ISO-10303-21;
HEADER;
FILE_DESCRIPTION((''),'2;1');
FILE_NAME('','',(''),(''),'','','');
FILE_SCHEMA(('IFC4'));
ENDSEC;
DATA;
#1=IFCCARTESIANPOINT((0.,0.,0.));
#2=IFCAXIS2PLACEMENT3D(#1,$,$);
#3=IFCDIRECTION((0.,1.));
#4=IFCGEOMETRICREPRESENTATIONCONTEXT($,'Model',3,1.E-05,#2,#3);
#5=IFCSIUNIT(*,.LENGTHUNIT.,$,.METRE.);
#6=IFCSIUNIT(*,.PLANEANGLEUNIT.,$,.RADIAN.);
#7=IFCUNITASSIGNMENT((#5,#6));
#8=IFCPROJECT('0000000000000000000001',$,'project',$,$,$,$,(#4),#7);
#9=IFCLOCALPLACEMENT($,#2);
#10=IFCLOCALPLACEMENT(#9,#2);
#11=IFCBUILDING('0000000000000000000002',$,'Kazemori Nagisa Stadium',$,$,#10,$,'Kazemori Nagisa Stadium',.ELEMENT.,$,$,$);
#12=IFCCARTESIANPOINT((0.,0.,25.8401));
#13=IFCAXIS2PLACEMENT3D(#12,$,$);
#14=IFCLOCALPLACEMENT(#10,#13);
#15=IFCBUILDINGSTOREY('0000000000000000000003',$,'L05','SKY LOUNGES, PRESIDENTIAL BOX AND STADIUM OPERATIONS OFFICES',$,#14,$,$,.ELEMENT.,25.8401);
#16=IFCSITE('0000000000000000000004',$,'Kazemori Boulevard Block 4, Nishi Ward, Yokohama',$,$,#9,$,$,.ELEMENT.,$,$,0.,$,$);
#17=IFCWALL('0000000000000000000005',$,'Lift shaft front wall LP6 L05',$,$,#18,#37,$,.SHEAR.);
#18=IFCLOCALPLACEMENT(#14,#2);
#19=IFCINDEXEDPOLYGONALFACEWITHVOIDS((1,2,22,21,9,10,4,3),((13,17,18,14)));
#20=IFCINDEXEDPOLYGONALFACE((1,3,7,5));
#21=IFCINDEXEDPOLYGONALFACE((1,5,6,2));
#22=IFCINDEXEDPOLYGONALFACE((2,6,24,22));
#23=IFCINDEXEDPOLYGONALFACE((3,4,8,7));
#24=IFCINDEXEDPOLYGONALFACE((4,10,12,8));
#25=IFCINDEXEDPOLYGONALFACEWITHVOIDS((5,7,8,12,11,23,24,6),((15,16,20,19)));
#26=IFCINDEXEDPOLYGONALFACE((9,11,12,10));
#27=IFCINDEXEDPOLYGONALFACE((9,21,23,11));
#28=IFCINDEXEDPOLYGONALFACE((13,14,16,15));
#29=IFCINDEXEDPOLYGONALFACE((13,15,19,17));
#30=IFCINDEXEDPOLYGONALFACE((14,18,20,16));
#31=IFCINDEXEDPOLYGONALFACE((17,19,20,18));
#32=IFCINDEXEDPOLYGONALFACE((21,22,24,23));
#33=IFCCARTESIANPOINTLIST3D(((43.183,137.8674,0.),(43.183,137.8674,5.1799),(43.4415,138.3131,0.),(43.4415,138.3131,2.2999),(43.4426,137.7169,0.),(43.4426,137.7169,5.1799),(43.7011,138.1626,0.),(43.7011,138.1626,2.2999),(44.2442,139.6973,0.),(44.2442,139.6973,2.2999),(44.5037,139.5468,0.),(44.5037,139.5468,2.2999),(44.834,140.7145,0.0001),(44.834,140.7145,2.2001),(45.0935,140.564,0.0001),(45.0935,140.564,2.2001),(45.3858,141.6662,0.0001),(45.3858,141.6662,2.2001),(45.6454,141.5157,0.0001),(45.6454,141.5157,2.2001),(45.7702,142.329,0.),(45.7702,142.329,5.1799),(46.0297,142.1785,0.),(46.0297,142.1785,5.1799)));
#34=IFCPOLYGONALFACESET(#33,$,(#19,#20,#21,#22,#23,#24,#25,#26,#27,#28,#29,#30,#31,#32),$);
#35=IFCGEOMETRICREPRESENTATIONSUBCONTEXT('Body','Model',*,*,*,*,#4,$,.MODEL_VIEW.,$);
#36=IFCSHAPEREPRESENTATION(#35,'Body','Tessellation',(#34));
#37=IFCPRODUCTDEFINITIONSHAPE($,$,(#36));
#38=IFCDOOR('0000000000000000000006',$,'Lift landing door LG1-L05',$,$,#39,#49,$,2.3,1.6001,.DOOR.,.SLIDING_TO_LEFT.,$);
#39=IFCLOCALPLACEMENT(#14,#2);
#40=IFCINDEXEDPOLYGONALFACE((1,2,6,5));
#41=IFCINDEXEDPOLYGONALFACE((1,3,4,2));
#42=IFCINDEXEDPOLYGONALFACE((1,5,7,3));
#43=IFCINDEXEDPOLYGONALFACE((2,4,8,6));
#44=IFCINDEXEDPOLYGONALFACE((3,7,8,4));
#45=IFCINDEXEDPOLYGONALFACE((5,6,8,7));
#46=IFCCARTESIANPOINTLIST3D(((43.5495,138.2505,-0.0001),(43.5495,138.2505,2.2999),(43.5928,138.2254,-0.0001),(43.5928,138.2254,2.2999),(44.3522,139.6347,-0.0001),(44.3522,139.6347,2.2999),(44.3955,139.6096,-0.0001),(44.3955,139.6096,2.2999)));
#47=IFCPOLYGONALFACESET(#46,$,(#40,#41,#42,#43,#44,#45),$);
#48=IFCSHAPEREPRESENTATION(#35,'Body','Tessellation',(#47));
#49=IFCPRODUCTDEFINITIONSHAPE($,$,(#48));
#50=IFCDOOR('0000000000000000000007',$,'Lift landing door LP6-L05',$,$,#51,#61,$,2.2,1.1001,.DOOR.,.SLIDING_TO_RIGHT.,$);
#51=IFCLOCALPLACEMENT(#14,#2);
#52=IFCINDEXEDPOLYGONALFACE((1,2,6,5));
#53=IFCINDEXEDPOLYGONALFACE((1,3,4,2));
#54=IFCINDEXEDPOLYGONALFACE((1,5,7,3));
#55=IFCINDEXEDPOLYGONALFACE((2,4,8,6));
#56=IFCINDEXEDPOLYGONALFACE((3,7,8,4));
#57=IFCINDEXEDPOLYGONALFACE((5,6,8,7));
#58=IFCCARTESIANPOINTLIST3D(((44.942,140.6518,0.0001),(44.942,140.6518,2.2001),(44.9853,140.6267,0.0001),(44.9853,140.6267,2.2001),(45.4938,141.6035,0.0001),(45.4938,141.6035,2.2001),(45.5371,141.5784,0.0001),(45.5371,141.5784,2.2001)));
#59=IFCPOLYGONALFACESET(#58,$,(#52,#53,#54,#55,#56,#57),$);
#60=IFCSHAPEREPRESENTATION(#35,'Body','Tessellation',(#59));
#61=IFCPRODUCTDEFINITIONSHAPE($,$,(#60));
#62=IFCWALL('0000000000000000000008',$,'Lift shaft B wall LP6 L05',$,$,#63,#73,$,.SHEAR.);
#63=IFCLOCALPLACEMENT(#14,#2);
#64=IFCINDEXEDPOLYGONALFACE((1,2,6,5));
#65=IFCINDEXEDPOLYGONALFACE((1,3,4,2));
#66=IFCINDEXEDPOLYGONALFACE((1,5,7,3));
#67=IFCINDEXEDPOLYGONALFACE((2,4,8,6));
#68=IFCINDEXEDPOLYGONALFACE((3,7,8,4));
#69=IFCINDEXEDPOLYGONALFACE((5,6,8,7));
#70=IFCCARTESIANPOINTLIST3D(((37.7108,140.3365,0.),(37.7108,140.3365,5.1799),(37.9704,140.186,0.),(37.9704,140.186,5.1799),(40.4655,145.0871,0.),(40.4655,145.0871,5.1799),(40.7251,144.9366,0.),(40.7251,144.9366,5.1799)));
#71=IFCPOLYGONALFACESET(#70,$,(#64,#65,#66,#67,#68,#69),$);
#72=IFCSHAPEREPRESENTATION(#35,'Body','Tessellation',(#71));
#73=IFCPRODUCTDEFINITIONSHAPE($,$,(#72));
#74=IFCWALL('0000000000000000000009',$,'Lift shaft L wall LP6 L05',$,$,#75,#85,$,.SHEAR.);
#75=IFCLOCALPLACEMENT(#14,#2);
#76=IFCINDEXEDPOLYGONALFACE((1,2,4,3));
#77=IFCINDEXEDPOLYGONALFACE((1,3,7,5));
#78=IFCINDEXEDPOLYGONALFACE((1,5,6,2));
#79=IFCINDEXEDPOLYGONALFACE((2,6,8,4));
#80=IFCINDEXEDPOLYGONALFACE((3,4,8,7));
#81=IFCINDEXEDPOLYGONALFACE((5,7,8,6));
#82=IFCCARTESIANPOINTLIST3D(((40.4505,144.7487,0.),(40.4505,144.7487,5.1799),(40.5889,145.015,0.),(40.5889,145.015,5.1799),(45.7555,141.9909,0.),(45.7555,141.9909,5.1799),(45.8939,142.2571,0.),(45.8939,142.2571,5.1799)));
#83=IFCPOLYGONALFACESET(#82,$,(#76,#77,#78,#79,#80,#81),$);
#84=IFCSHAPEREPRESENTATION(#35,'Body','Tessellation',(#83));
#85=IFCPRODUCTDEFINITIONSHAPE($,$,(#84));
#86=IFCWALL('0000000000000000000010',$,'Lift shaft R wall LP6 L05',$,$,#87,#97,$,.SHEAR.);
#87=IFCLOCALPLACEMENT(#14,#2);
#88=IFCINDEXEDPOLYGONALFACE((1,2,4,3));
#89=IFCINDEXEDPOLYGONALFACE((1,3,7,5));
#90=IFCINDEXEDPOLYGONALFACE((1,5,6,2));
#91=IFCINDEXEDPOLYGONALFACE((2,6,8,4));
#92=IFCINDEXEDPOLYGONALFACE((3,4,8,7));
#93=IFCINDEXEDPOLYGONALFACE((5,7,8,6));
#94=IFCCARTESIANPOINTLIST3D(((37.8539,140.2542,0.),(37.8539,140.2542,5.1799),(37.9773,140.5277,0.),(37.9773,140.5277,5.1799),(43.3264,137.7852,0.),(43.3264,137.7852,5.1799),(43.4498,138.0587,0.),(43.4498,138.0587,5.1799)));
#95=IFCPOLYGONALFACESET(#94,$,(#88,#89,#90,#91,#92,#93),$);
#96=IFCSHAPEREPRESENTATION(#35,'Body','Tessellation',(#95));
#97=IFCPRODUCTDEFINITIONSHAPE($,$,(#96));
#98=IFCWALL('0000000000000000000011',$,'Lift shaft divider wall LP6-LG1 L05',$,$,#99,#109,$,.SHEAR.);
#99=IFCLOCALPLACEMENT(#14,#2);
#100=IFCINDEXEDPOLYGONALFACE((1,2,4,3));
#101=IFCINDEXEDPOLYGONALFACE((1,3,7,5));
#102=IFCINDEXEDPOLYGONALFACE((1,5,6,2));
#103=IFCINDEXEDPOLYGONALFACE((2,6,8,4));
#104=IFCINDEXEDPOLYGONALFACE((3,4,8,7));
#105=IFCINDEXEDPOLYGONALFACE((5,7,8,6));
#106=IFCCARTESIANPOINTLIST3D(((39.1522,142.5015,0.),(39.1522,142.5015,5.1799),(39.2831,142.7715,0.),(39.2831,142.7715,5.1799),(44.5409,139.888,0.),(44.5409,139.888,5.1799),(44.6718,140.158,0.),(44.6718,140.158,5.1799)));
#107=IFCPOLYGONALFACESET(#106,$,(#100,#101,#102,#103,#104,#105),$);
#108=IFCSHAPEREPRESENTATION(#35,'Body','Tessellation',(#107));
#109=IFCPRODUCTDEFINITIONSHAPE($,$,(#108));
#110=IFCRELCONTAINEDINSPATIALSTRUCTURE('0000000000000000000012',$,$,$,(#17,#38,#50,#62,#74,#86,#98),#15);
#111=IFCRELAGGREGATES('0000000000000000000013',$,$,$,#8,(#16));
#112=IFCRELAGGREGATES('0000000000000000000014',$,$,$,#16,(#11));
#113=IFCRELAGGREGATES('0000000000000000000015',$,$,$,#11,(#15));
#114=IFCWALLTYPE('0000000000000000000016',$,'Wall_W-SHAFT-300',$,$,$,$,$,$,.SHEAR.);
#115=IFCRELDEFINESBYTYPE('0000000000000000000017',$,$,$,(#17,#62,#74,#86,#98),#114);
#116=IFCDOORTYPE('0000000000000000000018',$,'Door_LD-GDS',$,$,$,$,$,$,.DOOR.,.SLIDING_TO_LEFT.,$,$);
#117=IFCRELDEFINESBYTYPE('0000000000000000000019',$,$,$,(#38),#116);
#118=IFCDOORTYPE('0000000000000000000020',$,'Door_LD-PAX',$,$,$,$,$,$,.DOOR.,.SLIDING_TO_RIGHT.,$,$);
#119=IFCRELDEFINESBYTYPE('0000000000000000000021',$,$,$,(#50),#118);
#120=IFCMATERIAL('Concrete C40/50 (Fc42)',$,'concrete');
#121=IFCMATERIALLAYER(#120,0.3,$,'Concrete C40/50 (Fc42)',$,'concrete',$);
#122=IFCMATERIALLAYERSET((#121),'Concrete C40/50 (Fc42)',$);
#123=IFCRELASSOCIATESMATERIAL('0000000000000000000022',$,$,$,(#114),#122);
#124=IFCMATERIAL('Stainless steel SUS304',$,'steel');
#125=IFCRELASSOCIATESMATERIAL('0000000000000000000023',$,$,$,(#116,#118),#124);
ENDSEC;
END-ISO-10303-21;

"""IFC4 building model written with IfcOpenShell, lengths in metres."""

from ifc_helpers import new_model, si_unit, direction, frame, frame_2d, origin, place, context, subcontext, project, spatial, rectangle, extrude, material, layer, layer_set, type_object, element, fill, save


model = new_model("IFC4")

# Units and contexts
model_context = context("Model", 3, precision=1e-05, world=origin(), true_north=direction((0.0, 1.0)))
body_context = subcontext(model_context, "Body", "Model", "MODEL_VIEW")
ifc_project = project(units=[si_unit("LENGTHUNIT", "METRE"), si_unit("PLANEANGLEUNIT", "RADIAN")], contexts=[model_context])

# Site, building, storey
site_placement = place(None, origin())
site = spatial("IfcSite", under=ifc_project, at=site_placement, Name="Kazemori Boulevard Block 4, Nishi Ward, Yokohama", CompositionType="ELEMENT", RefElevation=0.0)
building_placement = place(site_placement, origin())
building = spatial("IfcBuilding", under=site, at=building_placement, Name="Kazemori Nagisa Stadium", LongName="Kazemori Nagisa Stadium", CompositionType="ELEMENT")
storey_placement = place(building_placement, frame((0.0, 0.0, 25.8401)))
storey = spatial("IfcBuildingStorey", under=building, at=storey_placement, Name="L05", Description="SKY LOUNGES, PRESIDENTIAL BOX AND STADIUM OPERATIONS OFFICES", CompositionType="ELEMENT", Elevation=25.8401)

# Shared definitions
ifc_material_1 = material(Name="Concrete C40/50 (Fc42)", Category="concrete")

# Wall, openings, doors
ifc_layer_1 = layer(ifc_material_1, 0.3, Name="Concrete C40/50 (Fc42)", Category="concrete")
ifc_layer_set_1 = layer_set([ifc_layer_1], Name="Concrete C40/50 (Fc42)")
wall_type_1 = type_object("IfcWallType", Name="Wall_W-SHAFT-300", PredefinedType="SHEAR", material=ifc_layer_set_1)
wall_1_placement = place(storey_placement, frame((45.8999, 142.2537, 0.0), z_axis=(0.0, 0.0, 1.0), x_axis=(-0.50163, -0.865083, 0.0)))
wall_1 = element("IfcWall", 1, at=wall_1_placement, inside=storey, type_object=wall_type_1, Name="Lift shaft front wall LP6 L05", PredefinedType="SHEAR", context=body_context, shape_type="SweptSolid", body=[
    extrude(rectangle(XDim=5.1575, YDim=0.3, at=frame_2d((2.5786, 0.0))), origin(), (0.0, 0.0, 1.0), 5.1799),
])
opening_1_placement = place(wall_1_placement, frame((0.7661, 0.0, 0.0)))
opening_1 = element("IfcOpeningElement", 2, at=opening_1_placement, cuts=wall_1, PredefinedType="OPENING", context=body_context, shape_type="SweptSolid", body=[
    extrude(rectangle(XDim=1.1001, YDim=2.2, at=frame_2d((0.55, 1.1001))), frame((0.0, 0.1599, 0.0), z_axis=(0.0, -1.0, 0.0), x_axis=(1.0, 0.0, 0.0)), (0.0, 0.0, 1.0), 0.3201),
])
opening_2_placement = place(wall_1_placement, frame((3.042, 0.0, 0.0)))
opening_2 = element("IfcOpeningElement", 3, at=opening_2_placement, cuts=wall_1, PredefinedType="OPENING", context=body_context, shape_type="SweptSolid", body=[
    extrude(rectangle(XDim=1.6001, YDim=2.3, at=frame_2d((0.8, 1.1499))), frame((0.0, 0.1599, 0.0), z_axis=(0.0, -1.0, 0.0), x_axis=(1.0, 0.0, 0.0)), (0.0, 0.0, 1.0), 0.3201),
])
ifc_material_2 = material(Name="Stainless steel SUS304", Category="steel")
door_type_1 = type_object("IfcDoorType", Name="Door_LD-GDS", OperationType="SLIDING_TO_LEFT", PredefinedType="DOOR", material=ifc_material_2)
door_1_placement = place(opening_2_placement, origin())
door_1 = element("IfcDoor", 4, at=door_1_placement, inside=storey, type_object=door_type_1, Name="Lift landing door LG1-L05", OperationType="SLIDING_TO_LEFT", OverallHeight=2.3, OverallWidth=1.6001, PredefinedType="DOOR", context=body_context, shape_type="SweptSolid", body=[
    extrude(rectangle(XDim=1.6001, YDim=2.3, at=frame_2d((0.8, 1.1499))), frame((0.0, 0.0249, 0.0), z_axis=(0.0, -1.0, 0.0), x_axis=(1.0, 0.0, 0.0)), (0.0, 0.0, 1.0), 0.05),
])
fill(opening_2, door_1)
door_type_2 = type_object("IfcDoorType", Name="Door_LD-PAX", OperationType="SLIDING_TO_RIGHT", PredefinedType="DOOR", material=ifc_material_2)
door_2_placement = place(opening_1_placement, origin())
door_2 = element("IfcDoor", 5, at=door_2_placement, inside=storey, type_object=door_type_2, Name="Lift landing door LP6-L05", OperationType="SLIDING_TO_RIGHT", OverallHeight=2.2, OverallWidth=1.1001, PredefinedType="DOOR", context=body_context, shape_type="SweptSolid", body=[
    extrude(rectangle(XDim=1.1001, YDim=2.2, at=frame_2d((0.55, 1.1001))), frame((0.0, 0.0249, 0.0), z_axis=(0.0, -1.0, 0.0), x_axis=(1.0, 0.0, 0.0)), (0.0, 0.0, 1.0), 0.05),
])
fill(opening_1, door_2)

# Walls
wall_2_placement = place(storey_placement, frame((40.5952, 145.0117, 0.0), z_axis=(0.0, 0.0, 1.0), x_axis=(-0.50163, -0.865082, 0.0)))
element("IfcWall", 6, at=wall_2_placement, inside=storey, type_object=wall_type_1, Name="Lift shaft B wall LP6 L05", PredefinedType="SHEAR", context=body_context, shape_type="SweptSolid", body=[
    extrude(rectangle(XDim=5.4915, YDim=0.3, at=frame_2d((2.7456, 0.0))), origin(), (0.0, 0.0, 1.0), 5.1799),
])
wall_3_placement = place(storey_placement, frame((45.8247, 142.124, 0.0), z_axis=(0.0, 0.0, 1.0), x_axis=(-0.887268, 0.461254, 0.0)))
element("IfcWall", 7, at=wall_3_placement, inside=storey, type_object=wall_type_1, Name="Lift shaft L wall LP6 L05", PredefinedType="SHEAR", context=body_context, shape_type="SweptSolid", body=[
    extrude(rectangle(XDim=5.979, YDim=0.3, at=frame_2d((2.9895, 0.0))), origin(), (0.0, 0.0, 1.0), 5.1799),
])
wall_4_placement = place(storey_placement, frame((43.3882, 137.9219, 0.0), z_axis=(0.0, 0.0, 1.0), x_axis=(-0.911522, 0.411252, 0.0)))
element("IfcWall", 8, at=wall_4_placement, inside=storey, type_object=wall_type_1, Name="Lift shaft R wall LP6 L05", PredefinedType="SHEAR", context=body_context, shape_type="SweptSolid", body=[
    extrude(rectangle(XDim=6.0037, YDim=0.3, at=frame_2d((3.002, 0.0))), origin(), (0.0, 0.0, 1.0), 5.1799),
])
wall_5_placement = place(storey_placement, frame((44.6064, 140.0229, 0.0), z_axis=(0.0, 0.0, 1.0), x_axis=(-0.899759, 0.436387, 0.0)))
element("IfcWall", 9, at=wall_5_placement, inside=storey, type_object=wall_type_1, Name="Lift shaft divider wall LP6-LG1 L05", PredefinedType="SHEAR", context=body_context, shape_type="SweptSolid", body=[
    extrude(rectangle(XDim=5.989, YDim=0.3, at=frame_2d((2.9946, 0.0))), origin(), (0.0, 0.0, 1.0), 5.1799),
])

save(model, "model.ifc")
